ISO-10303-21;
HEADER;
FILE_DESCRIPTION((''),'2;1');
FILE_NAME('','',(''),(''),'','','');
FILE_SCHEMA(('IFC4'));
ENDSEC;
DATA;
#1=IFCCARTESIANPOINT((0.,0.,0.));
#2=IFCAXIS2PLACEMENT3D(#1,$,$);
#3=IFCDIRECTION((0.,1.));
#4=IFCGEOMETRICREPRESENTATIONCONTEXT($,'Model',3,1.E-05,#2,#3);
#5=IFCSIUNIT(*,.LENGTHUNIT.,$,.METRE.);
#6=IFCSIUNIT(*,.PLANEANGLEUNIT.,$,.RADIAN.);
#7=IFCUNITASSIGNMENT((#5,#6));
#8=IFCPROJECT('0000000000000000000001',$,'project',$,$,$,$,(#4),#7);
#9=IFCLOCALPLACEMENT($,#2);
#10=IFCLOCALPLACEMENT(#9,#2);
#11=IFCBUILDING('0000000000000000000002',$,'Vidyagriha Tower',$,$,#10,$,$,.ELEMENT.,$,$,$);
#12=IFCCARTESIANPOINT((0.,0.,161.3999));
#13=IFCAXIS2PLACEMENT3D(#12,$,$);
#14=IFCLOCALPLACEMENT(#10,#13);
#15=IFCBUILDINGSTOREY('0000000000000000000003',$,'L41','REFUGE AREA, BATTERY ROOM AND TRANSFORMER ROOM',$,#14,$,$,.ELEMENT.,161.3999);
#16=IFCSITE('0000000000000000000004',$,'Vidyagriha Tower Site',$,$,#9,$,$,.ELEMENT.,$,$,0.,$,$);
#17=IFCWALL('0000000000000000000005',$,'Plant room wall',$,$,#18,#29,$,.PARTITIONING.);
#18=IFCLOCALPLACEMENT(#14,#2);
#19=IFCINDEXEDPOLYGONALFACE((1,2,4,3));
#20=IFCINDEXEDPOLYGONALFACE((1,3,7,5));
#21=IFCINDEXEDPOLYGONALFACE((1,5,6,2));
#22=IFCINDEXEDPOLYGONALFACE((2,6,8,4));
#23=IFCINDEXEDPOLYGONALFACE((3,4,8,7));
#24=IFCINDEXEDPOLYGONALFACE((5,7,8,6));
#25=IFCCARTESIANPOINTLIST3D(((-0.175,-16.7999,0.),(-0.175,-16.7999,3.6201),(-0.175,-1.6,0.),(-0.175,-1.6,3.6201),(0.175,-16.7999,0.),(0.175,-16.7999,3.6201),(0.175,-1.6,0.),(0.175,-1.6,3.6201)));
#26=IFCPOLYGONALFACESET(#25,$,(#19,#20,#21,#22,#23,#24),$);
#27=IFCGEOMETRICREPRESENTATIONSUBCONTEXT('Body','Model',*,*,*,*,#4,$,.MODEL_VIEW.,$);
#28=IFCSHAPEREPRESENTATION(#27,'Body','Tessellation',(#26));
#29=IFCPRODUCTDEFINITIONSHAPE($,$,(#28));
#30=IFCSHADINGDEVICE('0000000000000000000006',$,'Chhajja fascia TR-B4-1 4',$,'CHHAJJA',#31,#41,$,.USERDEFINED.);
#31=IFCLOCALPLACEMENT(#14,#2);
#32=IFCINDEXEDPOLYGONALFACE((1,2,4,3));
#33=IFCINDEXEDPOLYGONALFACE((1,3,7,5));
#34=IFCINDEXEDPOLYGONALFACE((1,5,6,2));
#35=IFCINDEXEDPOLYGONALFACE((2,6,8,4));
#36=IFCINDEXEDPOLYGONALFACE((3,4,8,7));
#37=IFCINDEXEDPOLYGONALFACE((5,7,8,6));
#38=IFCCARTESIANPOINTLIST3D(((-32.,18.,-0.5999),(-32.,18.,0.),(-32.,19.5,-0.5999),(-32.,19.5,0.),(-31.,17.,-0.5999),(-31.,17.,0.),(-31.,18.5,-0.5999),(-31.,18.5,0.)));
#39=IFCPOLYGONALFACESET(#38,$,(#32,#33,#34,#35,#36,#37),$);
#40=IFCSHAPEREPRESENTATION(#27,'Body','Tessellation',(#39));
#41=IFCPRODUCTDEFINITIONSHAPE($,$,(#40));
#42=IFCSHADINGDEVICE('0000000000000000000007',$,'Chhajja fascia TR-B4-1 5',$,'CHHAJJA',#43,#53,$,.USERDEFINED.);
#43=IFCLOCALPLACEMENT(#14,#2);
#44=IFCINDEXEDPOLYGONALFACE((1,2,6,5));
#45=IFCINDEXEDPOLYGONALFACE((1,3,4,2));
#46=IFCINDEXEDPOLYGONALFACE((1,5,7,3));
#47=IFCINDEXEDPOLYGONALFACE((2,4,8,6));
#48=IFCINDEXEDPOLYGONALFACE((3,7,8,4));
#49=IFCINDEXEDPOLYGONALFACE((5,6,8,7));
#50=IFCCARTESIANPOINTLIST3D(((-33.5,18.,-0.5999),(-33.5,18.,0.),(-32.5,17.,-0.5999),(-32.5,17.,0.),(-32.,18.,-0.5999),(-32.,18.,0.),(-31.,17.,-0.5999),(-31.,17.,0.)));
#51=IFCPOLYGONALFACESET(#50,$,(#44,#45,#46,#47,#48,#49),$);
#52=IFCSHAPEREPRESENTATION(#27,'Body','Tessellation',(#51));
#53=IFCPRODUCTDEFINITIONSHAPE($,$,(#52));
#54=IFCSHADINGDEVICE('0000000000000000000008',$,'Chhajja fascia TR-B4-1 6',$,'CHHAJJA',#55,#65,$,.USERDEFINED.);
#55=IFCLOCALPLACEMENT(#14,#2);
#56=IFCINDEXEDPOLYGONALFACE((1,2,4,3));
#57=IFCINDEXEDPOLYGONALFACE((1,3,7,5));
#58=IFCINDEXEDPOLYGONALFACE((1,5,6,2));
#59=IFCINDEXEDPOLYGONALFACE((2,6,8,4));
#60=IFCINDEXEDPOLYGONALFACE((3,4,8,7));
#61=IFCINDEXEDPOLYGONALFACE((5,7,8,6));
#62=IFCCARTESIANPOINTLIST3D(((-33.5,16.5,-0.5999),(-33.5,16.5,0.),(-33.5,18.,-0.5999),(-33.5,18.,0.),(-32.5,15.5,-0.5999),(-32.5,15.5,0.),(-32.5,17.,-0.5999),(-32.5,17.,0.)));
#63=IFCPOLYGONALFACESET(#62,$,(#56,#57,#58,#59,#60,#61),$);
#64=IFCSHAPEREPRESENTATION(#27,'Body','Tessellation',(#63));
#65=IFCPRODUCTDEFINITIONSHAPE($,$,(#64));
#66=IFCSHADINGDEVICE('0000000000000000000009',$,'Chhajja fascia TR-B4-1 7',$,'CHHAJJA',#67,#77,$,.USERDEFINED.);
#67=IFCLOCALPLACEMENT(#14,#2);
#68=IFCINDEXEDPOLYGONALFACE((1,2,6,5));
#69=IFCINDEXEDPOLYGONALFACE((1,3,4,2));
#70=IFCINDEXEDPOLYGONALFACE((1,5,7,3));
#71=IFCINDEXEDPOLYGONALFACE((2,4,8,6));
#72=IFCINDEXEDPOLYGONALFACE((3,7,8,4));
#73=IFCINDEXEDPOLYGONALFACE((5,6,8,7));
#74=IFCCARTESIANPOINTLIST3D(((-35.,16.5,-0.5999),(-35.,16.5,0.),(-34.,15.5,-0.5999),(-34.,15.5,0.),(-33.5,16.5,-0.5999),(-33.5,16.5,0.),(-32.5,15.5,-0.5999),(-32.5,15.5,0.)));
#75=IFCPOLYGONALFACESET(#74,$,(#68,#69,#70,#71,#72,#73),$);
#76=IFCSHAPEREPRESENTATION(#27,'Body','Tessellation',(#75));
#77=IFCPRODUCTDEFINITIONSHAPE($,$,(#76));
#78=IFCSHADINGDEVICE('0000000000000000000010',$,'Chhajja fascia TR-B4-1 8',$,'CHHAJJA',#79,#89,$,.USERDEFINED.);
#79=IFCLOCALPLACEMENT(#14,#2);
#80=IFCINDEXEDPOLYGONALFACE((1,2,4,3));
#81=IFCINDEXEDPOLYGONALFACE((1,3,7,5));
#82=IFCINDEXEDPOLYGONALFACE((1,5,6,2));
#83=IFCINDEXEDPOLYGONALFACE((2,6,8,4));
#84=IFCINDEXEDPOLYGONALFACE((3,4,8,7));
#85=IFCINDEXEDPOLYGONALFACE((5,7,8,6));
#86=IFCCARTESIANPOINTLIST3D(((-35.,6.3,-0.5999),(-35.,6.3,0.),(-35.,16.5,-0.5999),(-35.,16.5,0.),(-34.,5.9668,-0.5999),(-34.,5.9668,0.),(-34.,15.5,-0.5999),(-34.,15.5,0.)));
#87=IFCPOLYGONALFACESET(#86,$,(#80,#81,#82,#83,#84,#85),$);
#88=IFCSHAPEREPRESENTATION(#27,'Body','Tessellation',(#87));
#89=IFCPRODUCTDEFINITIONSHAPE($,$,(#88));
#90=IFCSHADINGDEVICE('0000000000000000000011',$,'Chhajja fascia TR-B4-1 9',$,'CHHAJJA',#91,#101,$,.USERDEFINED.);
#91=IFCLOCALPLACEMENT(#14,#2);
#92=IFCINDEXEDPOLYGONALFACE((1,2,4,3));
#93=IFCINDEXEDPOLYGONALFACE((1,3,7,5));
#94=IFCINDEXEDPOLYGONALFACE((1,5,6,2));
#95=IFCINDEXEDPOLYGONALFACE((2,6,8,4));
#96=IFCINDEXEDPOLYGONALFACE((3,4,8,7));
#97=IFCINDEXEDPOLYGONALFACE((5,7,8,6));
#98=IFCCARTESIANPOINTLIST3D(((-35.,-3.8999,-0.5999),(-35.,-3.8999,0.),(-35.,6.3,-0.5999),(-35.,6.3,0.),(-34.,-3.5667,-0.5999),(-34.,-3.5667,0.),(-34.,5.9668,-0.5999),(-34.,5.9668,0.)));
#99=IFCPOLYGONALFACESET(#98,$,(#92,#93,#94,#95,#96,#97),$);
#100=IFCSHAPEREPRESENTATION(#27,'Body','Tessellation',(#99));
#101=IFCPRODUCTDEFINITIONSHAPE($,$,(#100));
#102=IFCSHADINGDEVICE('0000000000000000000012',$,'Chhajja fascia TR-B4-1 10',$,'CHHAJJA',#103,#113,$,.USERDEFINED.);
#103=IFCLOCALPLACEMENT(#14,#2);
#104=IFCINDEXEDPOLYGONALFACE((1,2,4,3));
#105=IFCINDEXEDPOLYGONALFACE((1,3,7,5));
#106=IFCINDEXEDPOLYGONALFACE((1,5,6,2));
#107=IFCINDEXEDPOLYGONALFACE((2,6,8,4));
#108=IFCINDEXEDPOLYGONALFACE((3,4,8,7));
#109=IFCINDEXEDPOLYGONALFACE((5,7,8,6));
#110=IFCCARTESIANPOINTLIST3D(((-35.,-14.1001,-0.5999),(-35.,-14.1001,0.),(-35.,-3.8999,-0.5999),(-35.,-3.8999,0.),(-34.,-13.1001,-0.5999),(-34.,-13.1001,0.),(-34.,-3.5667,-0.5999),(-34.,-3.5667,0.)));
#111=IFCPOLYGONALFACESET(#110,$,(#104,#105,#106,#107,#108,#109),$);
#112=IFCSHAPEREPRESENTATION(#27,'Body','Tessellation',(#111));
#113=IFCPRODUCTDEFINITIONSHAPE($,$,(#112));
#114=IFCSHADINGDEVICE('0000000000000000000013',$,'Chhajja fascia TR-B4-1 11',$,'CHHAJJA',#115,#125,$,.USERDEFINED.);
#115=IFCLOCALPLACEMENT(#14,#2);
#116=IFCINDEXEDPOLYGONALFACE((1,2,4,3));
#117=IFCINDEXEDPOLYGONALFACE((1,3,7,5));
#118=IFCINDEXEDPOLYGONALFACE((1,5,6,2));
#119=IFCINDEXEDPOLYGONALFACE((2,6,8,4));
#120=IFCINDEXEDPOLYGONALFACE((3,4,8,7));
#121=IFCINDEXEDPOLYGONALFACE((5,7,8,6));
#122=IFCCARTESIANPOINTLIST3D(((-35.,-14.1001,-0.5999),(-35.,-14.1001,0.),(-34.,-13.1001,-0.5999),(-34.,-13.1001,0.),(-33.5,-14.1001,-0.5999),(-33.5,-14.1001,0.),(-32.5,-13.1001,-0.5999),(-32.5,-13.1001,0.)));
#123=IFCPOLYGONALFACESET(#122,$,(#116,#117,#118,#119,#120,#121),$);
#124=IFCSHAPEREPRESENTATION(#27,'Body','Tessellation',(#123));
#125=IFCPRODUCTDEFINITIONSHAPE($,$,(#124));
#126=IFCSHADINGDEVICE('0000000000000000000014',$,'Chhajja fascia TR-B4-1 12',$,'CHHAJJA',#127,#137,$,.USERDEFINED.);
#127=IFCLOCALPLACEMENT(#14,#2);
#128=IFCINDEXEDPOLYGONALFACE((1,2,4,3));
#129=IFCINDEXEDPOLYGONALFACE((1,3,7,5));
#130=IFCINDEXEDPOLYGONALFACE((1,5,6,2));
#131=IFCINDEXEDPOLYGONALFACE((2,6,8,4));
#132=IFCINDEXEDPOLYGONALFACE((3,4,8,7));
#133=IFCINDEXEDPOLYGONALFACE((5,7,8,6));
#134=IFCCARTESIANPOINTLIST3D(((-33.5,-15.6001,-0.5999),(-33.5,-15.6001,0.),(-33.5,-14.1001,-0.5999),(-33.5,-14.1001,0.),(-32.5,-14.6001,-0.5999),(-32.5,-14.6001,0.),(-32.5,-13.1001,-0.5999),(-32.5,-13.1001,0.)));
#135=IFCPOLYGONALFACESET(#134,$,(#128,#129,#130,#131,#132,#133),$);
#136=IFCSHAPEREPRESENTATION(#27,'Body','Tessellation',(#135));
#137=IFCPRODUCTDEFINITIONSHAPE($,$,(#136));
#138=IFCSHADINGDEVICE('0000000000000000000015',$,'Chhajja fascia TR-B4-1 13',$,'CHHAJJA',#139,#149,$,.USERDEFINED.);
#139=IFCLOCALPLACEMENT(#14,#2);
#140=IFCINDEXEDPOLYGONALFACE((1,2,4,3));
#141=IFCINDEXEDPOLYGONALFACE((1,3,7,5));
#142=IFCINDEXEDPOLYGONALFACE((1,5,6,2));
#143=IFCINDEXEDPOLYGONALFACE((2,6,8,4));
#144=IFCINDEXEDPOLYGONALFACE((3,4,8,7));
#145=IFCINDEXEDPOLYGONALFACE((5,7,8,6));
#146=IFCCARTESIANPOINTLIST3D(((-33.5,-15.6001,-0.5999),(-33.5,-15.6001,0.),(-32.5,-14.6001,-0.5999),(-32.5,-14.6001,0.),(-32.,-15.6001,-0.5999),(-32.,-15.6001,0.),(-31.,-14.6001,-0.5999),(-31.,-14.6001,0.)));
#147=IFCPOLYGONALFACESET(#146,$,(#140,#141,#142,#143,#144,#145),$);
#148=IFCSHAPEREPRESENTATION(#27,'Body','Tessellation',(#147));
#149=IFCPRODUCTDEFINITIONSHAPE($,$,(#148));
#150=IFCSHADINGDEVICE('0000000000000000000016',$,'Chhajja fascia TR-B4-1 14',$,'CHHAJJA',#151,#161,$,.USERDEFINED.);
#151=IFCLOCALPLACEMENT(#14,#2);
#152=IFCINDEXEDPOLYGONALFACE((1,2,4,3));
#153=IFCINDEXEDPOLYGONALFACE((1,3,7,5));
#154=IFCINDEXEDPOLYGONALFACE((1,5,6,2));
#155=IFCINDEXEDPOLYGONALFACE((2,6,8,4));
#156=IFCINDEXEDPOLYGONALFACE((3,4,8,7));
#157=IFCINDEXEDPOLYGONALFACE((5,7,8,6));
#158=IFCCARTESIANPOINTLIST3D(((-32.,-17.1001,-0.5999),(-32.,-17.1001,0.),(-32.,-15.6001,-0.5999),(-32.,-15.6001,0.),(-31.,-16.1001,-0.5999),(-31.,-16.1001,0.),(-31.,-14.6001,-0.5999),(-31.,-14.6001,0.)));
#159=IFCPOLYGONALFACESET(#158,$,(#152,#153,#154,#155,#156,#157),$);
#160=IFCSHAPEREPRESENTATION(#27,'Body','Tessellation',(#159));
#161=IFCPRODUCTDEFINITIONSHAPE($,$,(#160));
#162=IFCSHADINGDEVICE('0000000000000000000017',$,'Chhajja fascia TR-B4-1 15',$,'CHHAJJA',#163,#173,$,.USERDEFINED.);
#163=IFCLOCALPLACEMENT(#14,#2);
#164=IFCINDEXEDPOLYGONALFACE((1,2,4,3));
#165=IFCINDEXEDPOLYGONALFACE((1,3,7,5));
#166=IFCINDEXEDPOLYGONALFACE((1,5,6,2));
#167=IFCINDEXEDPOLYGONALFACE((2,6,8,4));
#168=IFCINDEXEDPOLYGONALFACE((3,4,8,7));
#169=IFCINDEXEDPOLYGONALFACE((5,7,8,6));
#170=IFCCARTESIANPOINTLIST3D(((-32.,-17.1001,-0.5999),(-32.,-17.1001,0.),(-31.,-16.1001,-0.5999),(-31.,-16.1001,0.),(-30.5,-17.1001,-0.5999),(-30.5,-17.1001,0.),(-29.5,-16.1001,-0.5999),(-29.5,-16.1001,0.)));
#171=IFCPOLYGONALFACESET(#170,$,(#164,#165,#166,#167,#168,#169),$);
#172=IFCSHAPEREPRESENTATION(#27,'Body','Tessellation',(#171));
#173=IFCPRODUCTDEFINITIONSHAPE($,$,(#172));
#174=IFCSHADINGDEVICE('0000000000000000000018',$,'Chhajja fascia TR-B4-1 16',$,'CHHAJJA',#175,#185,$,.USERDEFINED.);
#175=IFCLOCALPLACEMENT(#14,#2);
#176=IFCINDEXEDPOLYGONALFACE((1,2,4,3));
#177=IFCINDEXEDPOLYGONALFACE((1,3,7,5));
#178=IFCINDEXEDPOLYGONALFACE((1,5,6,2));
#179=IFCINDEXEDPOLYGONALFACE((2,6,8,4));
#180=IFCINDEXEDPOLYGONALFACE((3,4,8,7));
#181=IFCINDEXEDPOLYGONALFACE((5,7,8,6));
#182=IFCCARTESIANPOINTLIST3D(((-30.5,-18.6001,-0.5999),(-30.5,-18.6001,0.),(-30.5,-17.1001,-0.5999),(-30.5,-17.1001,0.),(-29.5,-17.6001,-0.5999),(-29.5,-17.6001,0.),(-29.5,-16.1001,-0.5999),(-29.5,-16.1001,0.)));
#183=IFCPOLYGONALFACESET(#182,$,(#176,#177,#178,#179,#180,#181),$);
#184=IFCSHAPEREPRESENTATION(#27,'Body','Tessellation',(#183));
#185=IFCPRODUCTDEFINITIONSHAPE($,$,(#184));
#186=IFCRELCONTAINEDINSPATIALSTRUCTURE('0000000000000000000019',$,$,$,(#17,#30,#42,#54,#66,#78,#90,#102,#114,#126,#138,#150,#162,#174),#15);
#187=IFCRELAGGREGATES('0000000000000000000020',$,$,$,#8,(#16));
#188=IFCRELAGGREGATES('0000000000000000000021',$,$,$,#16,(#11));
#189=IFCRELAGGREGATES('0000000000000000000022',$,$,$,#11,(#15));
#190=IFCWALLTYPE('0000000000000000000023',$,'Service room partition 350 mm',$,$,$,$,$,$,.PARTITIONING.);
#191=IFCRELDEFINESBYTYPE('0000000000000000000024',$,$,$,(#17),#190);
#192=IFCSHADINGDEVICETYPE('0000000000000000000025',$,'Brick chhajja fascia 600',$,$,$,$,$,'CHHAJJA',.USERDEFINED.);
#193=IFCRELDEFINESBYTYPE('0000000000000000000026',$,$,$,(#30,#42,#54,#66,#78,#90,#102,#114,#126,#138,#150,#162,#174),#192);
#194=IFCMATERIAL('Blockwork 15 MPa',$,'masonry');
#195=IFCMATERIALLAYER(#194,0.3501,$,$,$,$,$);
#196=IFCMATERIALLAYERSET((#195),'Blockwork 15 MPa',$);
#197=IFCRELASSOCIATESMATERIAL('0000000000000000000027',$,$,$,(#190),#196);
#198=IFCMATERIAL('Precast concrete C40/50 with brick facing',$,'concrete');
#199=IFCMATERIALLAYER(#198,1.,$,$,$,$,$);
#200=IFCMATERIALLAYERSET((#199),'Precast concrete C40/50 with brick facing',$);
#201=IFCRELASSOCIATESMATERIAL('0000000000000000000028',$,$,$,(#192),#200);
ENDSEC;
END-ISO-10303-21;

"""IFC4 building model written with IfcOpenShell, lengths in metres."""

from ifc_helpers import new_model, si_unit, direction, frame, frame_2d, origin, place, context, subcontext, project, spatial, polyline, rectangle, outline, extrude, material, layer, layer_set, type_object, element, save


model = new_model("IFC4")

# Units and contexts
model_context = context("Model", 3, precision=1e-05, world=origin(), true_north=direction((0.0, 1.0)))
body_context = subcontext(model_context, "Body", "Model", "MODEL_VIEW")
ifc_project = project(units=[si_unit("LENGTHUNIT", "METRE"), si_unit("PLANEANGLEUNIT", "RADIAN")], contexts=[model_context])

# Site, building, storey
site_placement = place(None, origin())
site = spatial("IfcSite", under=ifc_project, at=site_placement, Name="Vidyagriha Tower Site", CompositionType="ELEMENT", RefElevation=0.0)
building_placement = place(site_placement, origin())
building = spatial("IfcBuilding", under=site, at=building_placement, Name="Vidyagriha Tower", CompositionType="ELEMENT")
storey_placement = place(building_placement, frame((0.0, 0.0, 161.3999)))
storey = spatial("IfcBuildingStorey", under=building, at=storey_placement, Name="L41", Description="REFUGE AREA, BATTERY ROOM AND TRANSFORMER ROOM", CompositionType="ELEMENT", Elevation=161.3999)

# Wall
ifc_material_1 = material(Name="Blockwork 15 MPa", Category="masonry")
ifc_layer_1 = layer(ifc_material_1, 0.3501)
ifc_layer_set_1 = layer_set([ifc_layer_1], Name="Blockwork 15 MPa")
wall_type = type_object("IfcWallType", Name="Service room partition 350 mm", PredefinedType="PARTITIONING", material=ifc_layer_set_1)
wall_placement = place(storey_placement, frame((0.0, -16.8, 0.0), z_axis=(0.0, 0.0, 1.0), x_axis=(0.0, 1.0, 0.0)))
element("IfcWall", 1, at=wall_placement, inside=storey, type_object=wall_type, Name="Plant room wall", PredefinedType="PARTITIONING", context=body_context, shape_type="SweptSolid", body=[
    extrude(rectangle(XDim=15.2, YDim=0.3501, at=frame_2d((7.6001, 0.0))), origin(), (0.0, 0.0, 1.0), 3.6201),
])

# Shading devices
ifc_material_2 = material(Name="Precast concrete C40/50 with brick facing", Category="concrete")
ifc_layer_2 = layer(ifc_material_2, 1.0)
ifc_layer_set_2 = layer_set([ifc_layer_2], Name="Precast concrete C40/50 with brick facing")
shading_device_type = type_object("IfcShadingDeviceType", Name="Brick chhajja fascia 600", ElementType="CHHAJJA", PredefinedType="USERDEFINED", material=ifc_layer_set_2)
shading_device_1_placement = place(storey_placement, frame((0.0, 0.0, -0.5999)))
element("IfcShadingDevice", 2, at=shading_device_1_placement, inside=storey, type_object=shading_device_type, Name="Chhajja fascia TR-B4-1 4", ObjectType="CHHAJJA", PredefinedType="USERDEFINED", context=body_context, shape_type="SweptSolid", body=[
    extrude(outline(polyline([(-31.0, 18.5), (-32.0, 19.5), (-32.0, 18.0), (-31.0, 17.0), (-31.0, 18.5)])), origin(), (0.0, 0.0, 1.0), 0.5999),
])
shading_device_2_placement = place(storey_placement, frame((0.0, 0.0, -0.5999)))
element("IfcShadingDevice", 3, at=shading_device_2_placement, inside=storey, type_object=shading_device_type, Name="Chhajja fascia TR-B4-1 5", ObjectType="CHHAJJA", PredefinedType="USERDEFINED", context=body_context, shape_type="SweptSolid", body=[
    extrude(outline(polyline([(-31.0, 17.0), (-32.0, 18.0), (-33.5, 18.0), (-32.5, 17.0), (-31.0, 17.0)])), origin(), (0.0, 0.0, 1.0), 0.5999),
])
shading_device_3_placement = place(storey_placement, frame((0.0, 0.0, -0.5999)))
element("IfcShadingDevice", 4, at=shading_device_3_placement, inside=storey, type_object=shading_device_type, Name="Chhajja fascia TR-B4-1 6", ObjectType="CHHAJJA", PredefinedType="USERDEFINED", context=body_context, shape_type="SweptSolid", body=[
    extrude(outline(polyline([(-32.5, 17.0), (-33.5, 18.0), (-33.5, 16.5), (-32.5, 15.5), (-32.5, 17.0)])), origin(), (0.0, 0.0, 1.0), 0.5999),
])
shading_device_4_placement = place(storey_placement, frame((0.0, 0.0, -0.5999)))
element("IfcShadingDevice", 5, at=shading_device_4_placement, inside=storey, type_object=shading_device_type, Name="Chhajja fascia TR-B4-1 7", ObjectType="CHHAJJA", PredefinedType="USERDEFINED", context=body_context, shape_type="SweptSolid", body=[
    extrude(outline(polyline([(-32.5, 15.5), (-33.5, 16.5), (-35.0, 16.5), (-34.0, 15.5), (-32.5, 15.5)])), origin(), (0.0, 0.0, 1.0), 0.5999),
])
shading_device_5_placement = place(storey_placement, frame((0.0, 0.0, -0.5999)))
element("IfcShadingDevice", 6, at=shading_device_5_placement, inside=storey, type_object=shading_device_type, Name="Chhajja fascia TR-B4-1 8", ObjectType="CHHAJJA", PredefinedType="USERDEFINED", context=body_context, shape_type="SweptSolid", body=[
    extrude(outline(polyline([(-34.0, 15.5), (-35.0, 16.5), (-35.0, 6.3), (-34.0, 5.9668), (-34.0, 15.5)])), origin(), (0.0, 0.0, 1.0), 0.5999),
])
shading_device_6_placement = place(storey_placement, frame((0.0, 0.0, -0.5999)))
element("IfcShadingDevice", 7, at=shading_device_6_placement, inside=storey, type_object=shading_device_type, Name="Chhajja fascia TR-B4-1 9", ObjectType="CHHAJJA", PredefinedType="USERDEFINED", context=body_context, shape_type="SweptSolid", body=[
    extrude(outline(polyline([(-34.0, 5.9668), (-35.0, 6.3), (-35.0, -3.8999), (-34.0, -3.5667), (-34.0, 5.9668)])), origin(), (0.0, 0.0, 1.0), 0.5999),
])
shading_device_7_placement = place(storey_placement, frame((0.0, 0.0, -0.5999)))
element("IfcShadingDevice", 8, at=shading_device_7_placement, inside=storey, type_object=shading_device_type, Name="Chhajja fascia TR-B4-1 10", ObjectType="CHHAJJA", PredefinedType="USERDEFINED", context=body_context, shape_type="SweptSolid", body=[
    extrude(outline(polyline([(-34.0, -3.5667), (-35.0, -3.8999), (-35.0, -14.1001), (-34.0, -13.1001), (-34.0, -3.5667)])), origin(), (0.0, 0.0, 1.0), 0.5999),
])
shading_device_8_placement = place(storey_placement, frame((0.0, 0.0, -0.5999)))
element("IfcShadingDevice", 9, at=shading_device_8_placement, inside=storey, type_object=shading_device_type, Name="Chhajja fascia TR-B4-1 11", ObjectType="CHHAJJA", PredefinedType="USERDEFINED", context=body_context, shape_type="SweptSolid", body=[
    extrude(outline(polyline([(-34.0, -13.1001), (-35.0, -14.1001), (-33.5, -14.1001), (-32.5, -13.1001), (-34.0, -13.1001)])), origin(), (0.0, 0.0, 1.0), 0.5999),
])
shading_device_9_placement = place(storey_placement, frame((0.0, 0.0, -0.5999)))
element("IfcShadingDevice", 10, at=shading_device_9_placement, inside=storey, type_object=shading_device_type, Name="Chhajja fascia TR-B4-1 12", ObjectType="CHHAJJA", PredefinedType="USERDEFINED", context=body_context, shape_type="SweptSolid", body=[
    extrude(outline(polyline([(-32.5, -13.1001), (-33.5, -14.1001), (-33.5, -15.6001), (-32.5, -14.6001), (-32.5, -13.1001)])), origin(), (0.0, 0.0, 1.0), 0.5999),
])
shading_device_10_placement = place(storey_placement, frame((0.0, 0.0, -0.5999)))
element("IfcShadingDevice", 11, at=shading_device_10_placement, inside=storey, type_object=shading_device_type, Name="Chhajja fascia TR-B4-1 13", ObjectType="CHHAJJA", PredefinedType="USERDEFINED", context=body_context, shape_type="SweptSolid", body=[
    extrude(outline(polyline([(-32.5, -14.6001), (-33.5, -15.6001), (-32.0, -15.6001), (-31.0, -14.6001), (-32.5, -14.6001)])), origin(), (0.0, 0.0, 1.0), 0.5999),
])
shading_device_11_placement = place(storey_placement, frame((0.0, 0.0, -0.5999)))
element("IfcShadingDevice", 12, at=shading_device_11_placement, inside=storey, type_object=shading_device_type, Name="Chhajja fascia TR-B4-1 14", ObjectType="CHHAJJA", PredefinedType="USERDEFINED", context=body_context, shape_type="SweptSolid", body=[
    extrude(outline(polyline([(-31.0, -14.6001), (-32.0, -15.6001), (-32.0, -17.1001), (-31.0, -16.1001), (-31.0, -14.6001)])), origin(), (0.0, 0.0, 1.0), 0.5999),
])
shading_device_12_placement = place(storey_placement, frame((0.0, 0.0, -0.5999)))
element("IfcShadingDevice", 13, at=shading_device_12_placement, inside=storey, type_object=shading_device_type, Name="Chhajja fascia TR-B4-1 15", ObjectType="CHHAJJA", PredefinedType="USERDEFINED", context=body_context, shape_type="SweptSolid", body=[
    extrude(outline(polyline([(-31.0, -16.1001), (-32.0, -17.1001), (-30.5, -17.1001), (-29.5, -16.1001), (-31.0, -16.1001)])), origin(), (0.0, 0.0, 1.0), 0.5999),
])
shading_device_13_placement = place(storey_placement, frame((0.0, 0.0, -0.5999)))
element("IfcShadingDevice", 14, at=shading_device_13_placement, inside=storey, type_object=shading_device_type, Name="Chhajja fascia TR-B4-1 16", ObjectType="CHHAJJA", PredefinedType="USERDEFINED", context=body_context, shape_type="SweptSolid", body=[
    extrude(outline(polyline([(-29.5, -16.1001), (-30.5, -17.1001), (-30.5, -18.6001), (-29.5, -17.6001), (-29.5, -16.1001)])), origin(), (0.0, 0.0, 1.0), 0.5999),
])

save(model, "model.ifc")
